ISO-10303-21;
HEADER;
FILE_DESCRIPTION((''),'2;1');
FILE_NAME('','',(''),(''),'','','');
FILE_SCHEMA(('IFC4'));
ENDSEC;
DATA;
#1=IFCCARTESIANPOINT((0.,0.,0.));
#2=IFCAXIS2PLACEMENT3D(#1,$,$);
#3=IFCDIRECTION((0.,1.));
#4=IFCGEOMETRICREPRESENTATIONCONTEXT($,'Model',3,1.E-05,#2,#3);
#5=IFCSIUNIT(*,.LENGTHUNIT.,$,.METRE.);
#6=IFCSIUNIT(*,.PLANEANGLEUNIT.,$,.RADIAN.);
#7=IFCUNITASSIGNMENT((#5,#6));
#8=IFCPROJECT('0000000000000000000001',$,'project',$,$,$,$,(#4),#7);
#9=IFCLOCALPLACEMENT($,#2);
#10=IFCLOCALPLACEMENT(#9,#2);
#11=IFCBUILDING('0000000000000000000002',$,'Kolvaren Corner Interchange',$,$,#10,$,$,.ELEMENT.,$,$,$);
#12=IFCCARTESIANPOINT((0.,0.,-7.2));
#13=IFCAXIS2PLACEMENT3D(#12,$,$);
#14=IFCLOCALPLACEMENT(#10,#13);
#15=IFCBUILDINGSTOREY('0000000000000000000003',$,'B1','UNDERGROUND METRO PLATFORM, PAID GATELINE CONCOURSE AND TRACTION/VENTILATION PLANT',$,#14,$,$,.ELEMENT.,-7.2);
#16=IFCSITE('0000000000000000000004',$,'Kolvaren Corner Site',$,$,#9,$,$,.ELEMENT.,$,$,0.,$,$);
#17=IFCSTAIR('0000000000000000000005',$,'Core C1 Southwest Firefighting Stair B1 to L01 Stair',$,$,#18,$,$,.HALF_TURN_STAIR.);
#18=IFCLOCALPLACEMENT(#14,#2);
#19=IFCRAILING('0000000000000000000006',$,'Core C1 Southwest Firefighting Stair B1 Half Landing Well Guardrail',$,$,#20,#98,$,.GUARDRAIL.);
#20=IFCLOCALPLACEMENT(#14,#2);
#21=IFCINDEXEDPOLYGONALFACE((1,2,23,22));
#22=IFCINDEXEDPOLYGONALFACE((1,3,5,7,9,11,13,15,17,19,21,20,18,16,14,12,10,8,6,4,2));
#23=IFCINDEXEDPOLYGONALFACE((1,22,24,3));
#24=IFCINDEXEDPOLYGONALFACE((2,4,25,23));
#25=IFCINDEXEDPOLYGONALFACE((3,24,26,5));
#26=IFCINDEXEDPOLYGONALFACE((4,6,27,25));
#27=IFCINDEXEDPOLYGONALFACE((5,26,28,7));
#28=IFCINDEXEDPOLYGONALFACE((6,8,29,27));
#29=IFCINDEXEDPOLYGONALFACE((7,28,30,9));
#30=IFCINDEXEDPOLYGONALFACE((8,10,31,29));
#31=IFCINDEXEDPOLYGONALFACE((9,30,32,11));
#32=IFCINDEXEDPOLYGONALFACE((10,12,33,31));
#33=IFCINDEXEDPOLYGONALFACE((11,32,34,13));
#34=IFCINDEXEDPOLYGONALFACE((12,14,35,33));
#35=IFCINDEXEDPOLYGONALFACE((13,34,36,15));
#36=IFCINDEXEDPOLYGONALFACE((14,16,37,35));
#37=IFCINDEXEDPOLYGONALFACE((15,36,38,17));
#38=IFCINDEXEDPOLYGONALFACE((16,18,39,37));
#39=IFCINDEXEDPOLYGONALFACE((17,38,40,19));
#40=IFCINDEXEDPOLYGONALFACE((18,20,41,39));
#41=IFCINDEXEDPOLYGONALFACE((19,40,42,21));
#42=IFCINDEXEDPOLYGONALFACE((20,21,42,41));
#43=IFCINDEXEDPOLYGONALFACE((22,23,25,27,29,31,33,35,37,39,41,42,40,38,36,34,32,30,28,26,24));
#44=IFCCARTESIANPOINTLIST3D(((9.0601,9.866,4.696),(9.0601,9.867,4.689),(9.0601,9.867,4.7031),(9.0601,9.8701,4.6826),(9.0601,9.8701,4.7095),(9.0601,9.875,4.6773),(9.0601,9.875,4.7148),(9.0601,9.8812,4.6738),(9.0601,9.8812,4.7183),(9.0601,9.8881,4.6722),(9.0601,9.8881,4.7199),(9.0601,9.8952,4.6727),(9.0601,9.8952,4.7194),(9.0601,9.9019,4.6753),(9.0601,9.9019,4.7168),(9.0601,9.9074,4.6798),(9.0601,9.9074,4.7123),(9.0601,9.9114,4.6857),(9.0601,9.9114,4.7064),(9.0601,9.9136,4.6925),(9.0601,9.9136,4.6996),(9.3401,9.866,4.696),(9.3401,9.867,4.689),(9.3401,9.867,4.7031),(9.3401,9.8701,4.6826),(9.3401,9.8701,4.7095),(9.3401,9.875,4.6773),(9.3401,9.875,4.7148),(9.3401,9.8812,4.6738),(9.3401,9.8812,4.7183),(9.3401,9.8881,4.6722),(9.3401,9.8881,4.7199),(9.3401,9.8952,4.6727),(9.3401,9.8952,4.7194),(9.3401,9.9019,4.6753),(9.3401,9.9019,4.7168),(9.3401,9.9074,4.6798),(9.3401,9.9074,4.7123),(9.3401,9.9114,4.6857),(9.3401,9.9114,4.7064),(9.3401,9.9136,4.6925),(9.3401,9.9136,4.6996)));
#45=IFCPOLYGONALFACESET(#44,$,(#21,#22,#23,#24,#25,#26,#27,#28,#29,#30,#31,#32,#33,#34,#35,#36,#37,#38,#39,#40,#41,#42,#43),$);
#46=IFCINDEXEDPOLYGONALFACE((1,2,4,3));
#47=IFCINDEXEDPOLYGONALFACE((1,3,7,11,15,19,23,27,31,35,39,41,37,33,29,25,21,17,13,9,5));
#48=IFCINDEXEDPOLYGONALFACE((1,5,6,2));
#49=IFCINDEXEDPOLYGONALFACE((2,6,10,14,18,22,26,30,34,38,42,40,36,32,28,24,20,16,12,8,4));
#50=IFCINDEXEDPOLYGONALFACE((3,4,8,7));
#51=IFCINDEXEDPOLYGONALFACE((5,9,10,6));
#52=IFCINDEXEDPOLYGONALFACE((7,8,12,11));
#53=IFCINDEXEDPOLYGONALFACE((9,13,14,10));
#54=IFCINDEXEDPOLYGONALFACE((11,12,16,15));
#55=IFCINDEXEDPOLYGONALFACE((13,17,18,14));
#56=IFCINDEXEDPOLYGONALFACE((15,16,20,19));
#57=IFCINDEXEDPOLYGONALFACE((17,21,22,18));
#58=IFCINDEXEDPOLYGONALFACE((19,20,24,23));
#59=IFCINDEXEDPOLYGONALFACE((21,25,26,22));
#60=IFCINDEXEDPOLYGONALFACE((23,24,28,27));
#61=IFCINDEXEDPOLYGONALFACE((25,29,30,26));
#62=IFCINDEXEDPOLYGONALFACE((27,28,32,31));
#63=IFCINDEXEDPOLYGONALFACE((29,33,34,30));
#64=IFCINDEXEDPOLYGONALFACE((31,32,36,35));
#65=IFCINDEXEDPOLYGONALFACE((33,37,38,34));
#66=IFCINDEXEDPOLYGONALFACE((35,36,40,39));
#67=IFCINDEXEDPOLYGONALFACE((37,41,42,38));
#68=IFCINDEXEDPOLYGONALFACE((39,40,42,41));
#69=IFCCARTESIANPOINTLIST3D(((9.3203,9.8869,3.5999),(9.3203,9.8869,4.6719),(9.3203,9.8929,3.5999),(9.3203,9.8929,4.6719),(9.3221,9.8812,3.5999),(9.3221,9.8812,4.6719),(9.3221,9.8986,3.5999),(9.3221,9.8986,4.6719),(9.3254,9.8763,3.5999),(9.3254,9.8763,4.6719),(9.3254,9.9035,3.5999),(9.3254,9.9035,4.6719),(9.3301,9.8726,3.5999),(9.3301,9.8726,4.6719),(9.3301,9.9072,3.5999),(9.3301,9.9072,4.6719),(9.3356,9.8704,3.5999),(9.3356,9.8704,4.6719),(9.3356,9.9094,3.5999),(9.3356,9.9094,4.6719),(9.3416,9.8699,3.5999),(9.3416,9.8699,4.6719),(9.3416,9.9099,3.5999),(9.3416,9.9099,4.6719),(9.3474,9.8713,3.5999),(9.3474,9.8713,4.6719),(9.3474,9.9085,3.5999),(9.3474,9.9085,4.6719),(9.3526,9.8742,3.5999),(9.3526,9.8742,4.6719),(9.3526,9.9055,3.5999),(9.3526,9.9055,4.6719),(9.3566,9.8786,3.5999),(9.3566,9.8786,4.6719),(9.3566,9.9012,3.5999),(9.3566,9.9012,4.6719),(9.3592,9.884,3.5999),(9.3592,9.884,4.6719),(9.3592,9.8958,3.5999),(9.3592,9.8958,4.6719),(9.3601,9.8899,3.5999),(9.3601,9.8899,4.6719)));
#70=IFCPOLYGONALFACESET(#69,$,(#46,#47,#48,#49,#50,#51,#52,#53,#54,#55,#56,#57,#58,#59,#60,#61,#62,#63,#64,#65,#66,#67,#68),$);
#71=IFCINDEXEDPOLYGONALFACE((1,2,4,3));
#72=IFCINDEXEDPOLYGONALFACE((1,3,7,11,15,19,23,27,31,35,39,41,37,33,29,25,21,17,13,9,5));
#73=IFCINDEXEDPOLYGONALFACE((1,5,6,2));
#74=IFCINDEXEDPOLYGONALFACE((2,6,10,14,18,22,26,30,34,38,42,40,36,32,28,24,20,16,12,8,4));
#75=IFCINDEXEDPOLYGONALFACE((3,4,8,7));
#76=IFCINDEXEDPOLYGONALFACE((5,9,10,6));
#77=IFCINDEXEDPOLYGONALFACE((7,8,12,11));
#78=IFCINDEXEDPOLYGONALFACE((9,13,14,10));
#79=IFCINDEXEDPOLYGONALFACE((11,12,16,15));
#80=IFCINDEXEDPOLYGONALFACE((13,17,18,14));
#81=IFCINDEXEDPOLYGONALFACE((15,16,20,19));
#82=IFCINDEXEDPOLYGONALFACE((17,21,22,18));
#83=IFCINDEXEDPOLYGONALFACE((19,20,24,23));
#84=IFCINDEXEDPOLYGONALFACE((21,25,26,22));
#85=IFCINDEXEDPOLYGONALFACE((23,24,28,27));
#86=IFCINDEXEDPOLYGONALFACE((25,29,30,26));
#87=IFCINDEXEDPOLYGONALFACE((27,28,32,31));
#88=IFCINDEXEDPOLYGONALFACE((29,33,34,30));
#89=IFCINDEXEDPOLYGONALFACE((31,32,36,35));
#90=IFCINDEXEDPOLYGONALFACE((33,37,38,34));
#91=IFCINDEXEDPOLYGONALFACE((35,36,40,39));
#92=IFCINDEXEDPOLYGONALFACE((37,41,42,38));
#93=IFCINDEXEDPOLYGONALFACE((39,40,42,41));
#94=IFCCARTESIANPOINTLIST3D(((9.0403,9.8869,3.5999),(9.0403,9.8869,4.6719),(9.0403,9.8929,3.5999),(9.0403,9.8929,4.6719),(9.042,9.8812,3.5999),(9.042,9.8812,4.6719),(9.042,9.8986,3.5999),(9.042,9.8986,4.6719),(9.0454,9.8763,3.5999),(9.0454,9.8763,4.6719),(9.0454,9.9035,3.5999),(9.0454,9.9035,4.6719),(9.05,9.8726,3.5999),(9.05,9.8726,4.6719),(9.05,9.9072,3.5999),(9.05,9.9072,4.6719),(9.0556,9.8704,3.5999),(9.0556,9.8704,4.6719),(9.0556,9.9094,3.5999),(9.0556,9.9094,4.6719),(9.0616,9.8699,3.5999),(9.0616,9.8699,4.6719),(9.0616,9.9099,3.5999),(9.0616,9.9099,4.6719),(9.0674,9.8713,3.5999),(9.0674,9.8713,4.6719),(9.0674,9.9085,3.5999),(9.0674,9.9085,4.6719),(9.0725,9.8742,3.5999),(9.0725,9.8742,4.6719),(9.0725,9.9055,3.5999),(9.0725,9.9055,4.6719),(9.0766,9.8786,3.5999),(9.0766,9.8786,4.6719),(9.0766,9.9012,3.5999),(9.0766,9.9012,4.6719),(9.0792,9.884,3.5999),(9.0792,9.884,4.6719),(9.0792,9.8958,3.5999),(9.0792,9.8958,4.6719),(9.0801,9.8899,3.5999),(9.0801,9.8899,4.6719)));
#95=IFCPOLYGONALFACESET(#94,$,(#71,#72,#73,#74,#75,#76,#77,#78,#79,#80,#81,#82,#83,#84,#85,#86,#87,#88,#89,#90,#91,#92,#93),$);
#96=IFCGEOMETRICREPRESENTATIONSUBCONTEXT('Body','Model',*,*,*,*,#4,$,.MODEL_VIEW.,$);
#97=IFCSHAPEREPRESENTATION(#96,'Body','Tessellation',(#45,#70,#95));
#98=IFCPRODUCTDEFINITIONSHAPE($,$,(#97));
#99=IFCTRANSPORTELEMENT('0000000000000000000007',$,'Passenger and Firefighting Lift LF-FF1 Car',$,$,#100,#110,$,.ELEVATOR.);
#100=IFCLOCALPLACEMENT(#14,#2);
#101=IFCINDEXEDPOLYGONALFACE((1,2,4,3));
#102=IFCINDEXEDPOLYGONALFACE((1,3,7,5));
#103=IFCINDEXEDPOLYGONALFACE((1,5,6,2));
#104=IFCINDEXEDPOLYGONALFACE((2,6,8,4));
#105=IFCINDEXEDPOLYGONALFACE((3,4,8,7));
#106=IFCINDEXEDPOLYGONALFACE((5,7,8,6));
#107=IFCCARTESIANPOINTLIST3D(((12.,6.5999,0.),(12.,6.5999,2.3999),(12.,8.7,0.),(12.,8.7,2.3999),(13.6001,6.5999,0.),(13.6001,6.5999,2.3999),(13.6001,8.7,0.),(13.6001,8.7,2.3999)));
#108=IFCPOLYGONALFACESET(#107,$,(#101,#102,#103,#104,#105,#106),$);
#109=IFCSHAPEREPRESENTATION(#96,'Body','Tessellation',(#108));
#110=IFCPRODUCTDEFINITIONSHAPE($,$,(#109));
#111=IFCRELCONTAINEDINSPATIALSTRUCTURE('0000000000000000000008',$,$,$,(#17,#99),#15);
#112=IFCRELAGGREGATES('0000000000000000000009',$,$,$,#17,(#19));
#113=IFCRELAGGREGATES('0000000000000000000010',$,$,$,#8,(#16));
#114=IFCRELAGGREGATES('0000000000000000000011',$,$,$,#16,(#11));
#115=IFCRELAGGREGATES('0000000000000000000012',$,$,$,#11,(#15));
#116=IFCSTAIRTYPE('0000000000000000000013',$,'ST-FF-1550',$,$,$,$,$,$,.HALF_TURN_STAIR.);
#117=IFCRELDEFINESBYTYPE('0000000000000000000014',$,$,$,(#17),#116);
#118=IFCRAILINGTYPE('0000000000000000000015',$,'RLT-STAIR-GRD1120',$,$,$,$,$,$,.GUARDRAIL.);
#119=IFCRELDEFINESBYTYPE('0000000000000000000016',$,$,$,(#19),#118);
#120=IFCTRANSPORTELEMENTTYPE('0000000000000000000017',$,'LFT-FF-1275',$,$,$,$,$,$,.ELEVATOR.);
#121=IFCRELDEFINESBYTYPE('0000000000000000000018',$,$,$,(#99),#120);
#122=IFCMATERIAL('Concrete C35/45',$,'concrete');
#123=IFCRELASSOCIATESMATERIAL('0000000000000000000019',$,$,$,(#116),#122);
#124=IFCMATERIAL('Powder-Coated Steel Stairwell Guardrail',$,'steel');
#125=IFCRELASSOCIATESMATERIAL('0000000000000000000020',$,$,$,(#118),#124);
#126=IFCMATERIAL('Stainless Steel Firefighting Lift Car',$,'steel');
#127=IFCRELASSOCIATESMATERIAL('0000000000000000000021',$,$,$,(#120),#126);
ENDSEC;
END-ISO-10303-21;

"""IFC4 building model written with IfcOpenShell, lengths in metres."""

from ifc_helpers import new_model, si_unit, direction, frame, origin, origin_2d, place, context, subcontext, project, spatial, rectangle, circle, extrude, material, type_object, element, aggregate, save


model = new_model("IFC4")

# Units and contexts
model_context = context("Model", 3, precision=1e-05, world=origin(), true_north=direction((0.0, 1.0)))
body_context = subcontext(model_context, "Body", "Model", "MODEL_VIEW")
ifc_project = project(units=[si_unit("LENGTHUNIT", "METRE"), si_unit("PLANEANGLEUNIT", "RADIAN")], contexts=[model_context])

# Site, building, storey
site_placement = place(None, origin())
site = spatial("IfcSite", under=ifc_project, at=site_placement, Name="Kolvaren Corner Site", CompositionType="ELEMENT", RefElevation=0.0)
building_placement = place(site_placement, origin())
building = spatial("IfcBuilding", under=site, at=building_placement, Name="Kolvaren Corner Interchange", CompositionType="ELEMENT")
storey_placement = place(building_placement, frame((0.0, 0.0, -7.2)))
storey = spatial("IfcBuildingStorey", under=building, at=storey_placement, Name="B1", Description="UNDERGROUND METRO PLATFORM, PAID GATELINE CONCOURSE AND TRACTION/VENTILATION PLANT", CompositionType="ELEMENT", Elevation=-7.2)

# Stair, railing
ifc_material_1 = material(Name="Concrete C35/45", Category="concrete")
stair_type = type_object("IfcStairType", Name="ST-FF-1550", PredefinedType="HALF_TURN_STAIR", material=ifc_material_1)
stair_placement = place(storey_placement, origin())
stair = element("IfcStair", 1, at=stair_placement, inside=storey, type_object=stair_type, Name="Core C1 Southwest Firefighting Stair B1 to L01 Stair", PredefinedType="HALF_TURN_STAIR")
ifc_material_2 = material(Name="Powder-Coated Steel Stairwell Guardrail", Category="steel")
railing_type_1 = type_object("IfcRailingType", Name="RLT-STAIR-GRD1120", PredefinedType="GUARDRAIL", material=ifc_material_2)
railing_1_placement = place(storey_placement, frame((9.3401, 9.8899, 3.5999)))
railing_1 = element("IfcRailing", 2, at=railing_1_placement, type_object=railing_type_1, Name="Core C1 Southwest Firefighting Stair B1 Half Landing Well Guardrail", PredefinedType="GUARDRAIL", context=body_context, shape_type="SweptSolid", body=[
    extrude(circle(Radius=0.0239, at=origin_2d()), frame((0.0, 0.0, 1.0962), z_axis=(-1.0, 0.0, 0.0), x_axis=(0.0, -1.0, 0.0)), (0.0, 0.0, 1.0), 0.28),
    extrude(circle(Radius=0.02, at=origin_2d()), origin(), (0.0, 0.0, 1.0), 1.072),
    extrude(circle(Radius=0.02, at=origin_2d()), frame((-0.28, 0.0, 0.0)), (0.0, 0.0, 1.0), 1.072),
])
aggregate(stair, [railing_1])

# Transport element
ifc_material_3 = material(Name="Stainless Steel Firefighting Lift Car", Category="steel")
transport_element_type = type_object("IfcTransportElementType", Name="LFT-FF-1275", PredefinedType="ELEVATOR", material=ifc_material_3)
transport_element_placement = place(storey_placement, frame((12.8, 7.6499, 0.0), z_axis=(0.0, 0.0, 1.0), x_axis=(1.0, 0.0, 0.0)))
element("IfcTransportElement", 3, at=transport_element_placement, inside=storey, type_object=transport_element_type, Name="Passenger and Firefighting Lift LF-FF1 Car", PredefinedType="ELEVATOR", context=body_context, shape_type="SweptSolid", body=[
    extrude(rectangle(XDim=1.6001, YDim=2.1001, at=origin_2d()), origin(), (0.0, 0.0, 1.0), 2.3999),
])

save(model, "model.ifc")
